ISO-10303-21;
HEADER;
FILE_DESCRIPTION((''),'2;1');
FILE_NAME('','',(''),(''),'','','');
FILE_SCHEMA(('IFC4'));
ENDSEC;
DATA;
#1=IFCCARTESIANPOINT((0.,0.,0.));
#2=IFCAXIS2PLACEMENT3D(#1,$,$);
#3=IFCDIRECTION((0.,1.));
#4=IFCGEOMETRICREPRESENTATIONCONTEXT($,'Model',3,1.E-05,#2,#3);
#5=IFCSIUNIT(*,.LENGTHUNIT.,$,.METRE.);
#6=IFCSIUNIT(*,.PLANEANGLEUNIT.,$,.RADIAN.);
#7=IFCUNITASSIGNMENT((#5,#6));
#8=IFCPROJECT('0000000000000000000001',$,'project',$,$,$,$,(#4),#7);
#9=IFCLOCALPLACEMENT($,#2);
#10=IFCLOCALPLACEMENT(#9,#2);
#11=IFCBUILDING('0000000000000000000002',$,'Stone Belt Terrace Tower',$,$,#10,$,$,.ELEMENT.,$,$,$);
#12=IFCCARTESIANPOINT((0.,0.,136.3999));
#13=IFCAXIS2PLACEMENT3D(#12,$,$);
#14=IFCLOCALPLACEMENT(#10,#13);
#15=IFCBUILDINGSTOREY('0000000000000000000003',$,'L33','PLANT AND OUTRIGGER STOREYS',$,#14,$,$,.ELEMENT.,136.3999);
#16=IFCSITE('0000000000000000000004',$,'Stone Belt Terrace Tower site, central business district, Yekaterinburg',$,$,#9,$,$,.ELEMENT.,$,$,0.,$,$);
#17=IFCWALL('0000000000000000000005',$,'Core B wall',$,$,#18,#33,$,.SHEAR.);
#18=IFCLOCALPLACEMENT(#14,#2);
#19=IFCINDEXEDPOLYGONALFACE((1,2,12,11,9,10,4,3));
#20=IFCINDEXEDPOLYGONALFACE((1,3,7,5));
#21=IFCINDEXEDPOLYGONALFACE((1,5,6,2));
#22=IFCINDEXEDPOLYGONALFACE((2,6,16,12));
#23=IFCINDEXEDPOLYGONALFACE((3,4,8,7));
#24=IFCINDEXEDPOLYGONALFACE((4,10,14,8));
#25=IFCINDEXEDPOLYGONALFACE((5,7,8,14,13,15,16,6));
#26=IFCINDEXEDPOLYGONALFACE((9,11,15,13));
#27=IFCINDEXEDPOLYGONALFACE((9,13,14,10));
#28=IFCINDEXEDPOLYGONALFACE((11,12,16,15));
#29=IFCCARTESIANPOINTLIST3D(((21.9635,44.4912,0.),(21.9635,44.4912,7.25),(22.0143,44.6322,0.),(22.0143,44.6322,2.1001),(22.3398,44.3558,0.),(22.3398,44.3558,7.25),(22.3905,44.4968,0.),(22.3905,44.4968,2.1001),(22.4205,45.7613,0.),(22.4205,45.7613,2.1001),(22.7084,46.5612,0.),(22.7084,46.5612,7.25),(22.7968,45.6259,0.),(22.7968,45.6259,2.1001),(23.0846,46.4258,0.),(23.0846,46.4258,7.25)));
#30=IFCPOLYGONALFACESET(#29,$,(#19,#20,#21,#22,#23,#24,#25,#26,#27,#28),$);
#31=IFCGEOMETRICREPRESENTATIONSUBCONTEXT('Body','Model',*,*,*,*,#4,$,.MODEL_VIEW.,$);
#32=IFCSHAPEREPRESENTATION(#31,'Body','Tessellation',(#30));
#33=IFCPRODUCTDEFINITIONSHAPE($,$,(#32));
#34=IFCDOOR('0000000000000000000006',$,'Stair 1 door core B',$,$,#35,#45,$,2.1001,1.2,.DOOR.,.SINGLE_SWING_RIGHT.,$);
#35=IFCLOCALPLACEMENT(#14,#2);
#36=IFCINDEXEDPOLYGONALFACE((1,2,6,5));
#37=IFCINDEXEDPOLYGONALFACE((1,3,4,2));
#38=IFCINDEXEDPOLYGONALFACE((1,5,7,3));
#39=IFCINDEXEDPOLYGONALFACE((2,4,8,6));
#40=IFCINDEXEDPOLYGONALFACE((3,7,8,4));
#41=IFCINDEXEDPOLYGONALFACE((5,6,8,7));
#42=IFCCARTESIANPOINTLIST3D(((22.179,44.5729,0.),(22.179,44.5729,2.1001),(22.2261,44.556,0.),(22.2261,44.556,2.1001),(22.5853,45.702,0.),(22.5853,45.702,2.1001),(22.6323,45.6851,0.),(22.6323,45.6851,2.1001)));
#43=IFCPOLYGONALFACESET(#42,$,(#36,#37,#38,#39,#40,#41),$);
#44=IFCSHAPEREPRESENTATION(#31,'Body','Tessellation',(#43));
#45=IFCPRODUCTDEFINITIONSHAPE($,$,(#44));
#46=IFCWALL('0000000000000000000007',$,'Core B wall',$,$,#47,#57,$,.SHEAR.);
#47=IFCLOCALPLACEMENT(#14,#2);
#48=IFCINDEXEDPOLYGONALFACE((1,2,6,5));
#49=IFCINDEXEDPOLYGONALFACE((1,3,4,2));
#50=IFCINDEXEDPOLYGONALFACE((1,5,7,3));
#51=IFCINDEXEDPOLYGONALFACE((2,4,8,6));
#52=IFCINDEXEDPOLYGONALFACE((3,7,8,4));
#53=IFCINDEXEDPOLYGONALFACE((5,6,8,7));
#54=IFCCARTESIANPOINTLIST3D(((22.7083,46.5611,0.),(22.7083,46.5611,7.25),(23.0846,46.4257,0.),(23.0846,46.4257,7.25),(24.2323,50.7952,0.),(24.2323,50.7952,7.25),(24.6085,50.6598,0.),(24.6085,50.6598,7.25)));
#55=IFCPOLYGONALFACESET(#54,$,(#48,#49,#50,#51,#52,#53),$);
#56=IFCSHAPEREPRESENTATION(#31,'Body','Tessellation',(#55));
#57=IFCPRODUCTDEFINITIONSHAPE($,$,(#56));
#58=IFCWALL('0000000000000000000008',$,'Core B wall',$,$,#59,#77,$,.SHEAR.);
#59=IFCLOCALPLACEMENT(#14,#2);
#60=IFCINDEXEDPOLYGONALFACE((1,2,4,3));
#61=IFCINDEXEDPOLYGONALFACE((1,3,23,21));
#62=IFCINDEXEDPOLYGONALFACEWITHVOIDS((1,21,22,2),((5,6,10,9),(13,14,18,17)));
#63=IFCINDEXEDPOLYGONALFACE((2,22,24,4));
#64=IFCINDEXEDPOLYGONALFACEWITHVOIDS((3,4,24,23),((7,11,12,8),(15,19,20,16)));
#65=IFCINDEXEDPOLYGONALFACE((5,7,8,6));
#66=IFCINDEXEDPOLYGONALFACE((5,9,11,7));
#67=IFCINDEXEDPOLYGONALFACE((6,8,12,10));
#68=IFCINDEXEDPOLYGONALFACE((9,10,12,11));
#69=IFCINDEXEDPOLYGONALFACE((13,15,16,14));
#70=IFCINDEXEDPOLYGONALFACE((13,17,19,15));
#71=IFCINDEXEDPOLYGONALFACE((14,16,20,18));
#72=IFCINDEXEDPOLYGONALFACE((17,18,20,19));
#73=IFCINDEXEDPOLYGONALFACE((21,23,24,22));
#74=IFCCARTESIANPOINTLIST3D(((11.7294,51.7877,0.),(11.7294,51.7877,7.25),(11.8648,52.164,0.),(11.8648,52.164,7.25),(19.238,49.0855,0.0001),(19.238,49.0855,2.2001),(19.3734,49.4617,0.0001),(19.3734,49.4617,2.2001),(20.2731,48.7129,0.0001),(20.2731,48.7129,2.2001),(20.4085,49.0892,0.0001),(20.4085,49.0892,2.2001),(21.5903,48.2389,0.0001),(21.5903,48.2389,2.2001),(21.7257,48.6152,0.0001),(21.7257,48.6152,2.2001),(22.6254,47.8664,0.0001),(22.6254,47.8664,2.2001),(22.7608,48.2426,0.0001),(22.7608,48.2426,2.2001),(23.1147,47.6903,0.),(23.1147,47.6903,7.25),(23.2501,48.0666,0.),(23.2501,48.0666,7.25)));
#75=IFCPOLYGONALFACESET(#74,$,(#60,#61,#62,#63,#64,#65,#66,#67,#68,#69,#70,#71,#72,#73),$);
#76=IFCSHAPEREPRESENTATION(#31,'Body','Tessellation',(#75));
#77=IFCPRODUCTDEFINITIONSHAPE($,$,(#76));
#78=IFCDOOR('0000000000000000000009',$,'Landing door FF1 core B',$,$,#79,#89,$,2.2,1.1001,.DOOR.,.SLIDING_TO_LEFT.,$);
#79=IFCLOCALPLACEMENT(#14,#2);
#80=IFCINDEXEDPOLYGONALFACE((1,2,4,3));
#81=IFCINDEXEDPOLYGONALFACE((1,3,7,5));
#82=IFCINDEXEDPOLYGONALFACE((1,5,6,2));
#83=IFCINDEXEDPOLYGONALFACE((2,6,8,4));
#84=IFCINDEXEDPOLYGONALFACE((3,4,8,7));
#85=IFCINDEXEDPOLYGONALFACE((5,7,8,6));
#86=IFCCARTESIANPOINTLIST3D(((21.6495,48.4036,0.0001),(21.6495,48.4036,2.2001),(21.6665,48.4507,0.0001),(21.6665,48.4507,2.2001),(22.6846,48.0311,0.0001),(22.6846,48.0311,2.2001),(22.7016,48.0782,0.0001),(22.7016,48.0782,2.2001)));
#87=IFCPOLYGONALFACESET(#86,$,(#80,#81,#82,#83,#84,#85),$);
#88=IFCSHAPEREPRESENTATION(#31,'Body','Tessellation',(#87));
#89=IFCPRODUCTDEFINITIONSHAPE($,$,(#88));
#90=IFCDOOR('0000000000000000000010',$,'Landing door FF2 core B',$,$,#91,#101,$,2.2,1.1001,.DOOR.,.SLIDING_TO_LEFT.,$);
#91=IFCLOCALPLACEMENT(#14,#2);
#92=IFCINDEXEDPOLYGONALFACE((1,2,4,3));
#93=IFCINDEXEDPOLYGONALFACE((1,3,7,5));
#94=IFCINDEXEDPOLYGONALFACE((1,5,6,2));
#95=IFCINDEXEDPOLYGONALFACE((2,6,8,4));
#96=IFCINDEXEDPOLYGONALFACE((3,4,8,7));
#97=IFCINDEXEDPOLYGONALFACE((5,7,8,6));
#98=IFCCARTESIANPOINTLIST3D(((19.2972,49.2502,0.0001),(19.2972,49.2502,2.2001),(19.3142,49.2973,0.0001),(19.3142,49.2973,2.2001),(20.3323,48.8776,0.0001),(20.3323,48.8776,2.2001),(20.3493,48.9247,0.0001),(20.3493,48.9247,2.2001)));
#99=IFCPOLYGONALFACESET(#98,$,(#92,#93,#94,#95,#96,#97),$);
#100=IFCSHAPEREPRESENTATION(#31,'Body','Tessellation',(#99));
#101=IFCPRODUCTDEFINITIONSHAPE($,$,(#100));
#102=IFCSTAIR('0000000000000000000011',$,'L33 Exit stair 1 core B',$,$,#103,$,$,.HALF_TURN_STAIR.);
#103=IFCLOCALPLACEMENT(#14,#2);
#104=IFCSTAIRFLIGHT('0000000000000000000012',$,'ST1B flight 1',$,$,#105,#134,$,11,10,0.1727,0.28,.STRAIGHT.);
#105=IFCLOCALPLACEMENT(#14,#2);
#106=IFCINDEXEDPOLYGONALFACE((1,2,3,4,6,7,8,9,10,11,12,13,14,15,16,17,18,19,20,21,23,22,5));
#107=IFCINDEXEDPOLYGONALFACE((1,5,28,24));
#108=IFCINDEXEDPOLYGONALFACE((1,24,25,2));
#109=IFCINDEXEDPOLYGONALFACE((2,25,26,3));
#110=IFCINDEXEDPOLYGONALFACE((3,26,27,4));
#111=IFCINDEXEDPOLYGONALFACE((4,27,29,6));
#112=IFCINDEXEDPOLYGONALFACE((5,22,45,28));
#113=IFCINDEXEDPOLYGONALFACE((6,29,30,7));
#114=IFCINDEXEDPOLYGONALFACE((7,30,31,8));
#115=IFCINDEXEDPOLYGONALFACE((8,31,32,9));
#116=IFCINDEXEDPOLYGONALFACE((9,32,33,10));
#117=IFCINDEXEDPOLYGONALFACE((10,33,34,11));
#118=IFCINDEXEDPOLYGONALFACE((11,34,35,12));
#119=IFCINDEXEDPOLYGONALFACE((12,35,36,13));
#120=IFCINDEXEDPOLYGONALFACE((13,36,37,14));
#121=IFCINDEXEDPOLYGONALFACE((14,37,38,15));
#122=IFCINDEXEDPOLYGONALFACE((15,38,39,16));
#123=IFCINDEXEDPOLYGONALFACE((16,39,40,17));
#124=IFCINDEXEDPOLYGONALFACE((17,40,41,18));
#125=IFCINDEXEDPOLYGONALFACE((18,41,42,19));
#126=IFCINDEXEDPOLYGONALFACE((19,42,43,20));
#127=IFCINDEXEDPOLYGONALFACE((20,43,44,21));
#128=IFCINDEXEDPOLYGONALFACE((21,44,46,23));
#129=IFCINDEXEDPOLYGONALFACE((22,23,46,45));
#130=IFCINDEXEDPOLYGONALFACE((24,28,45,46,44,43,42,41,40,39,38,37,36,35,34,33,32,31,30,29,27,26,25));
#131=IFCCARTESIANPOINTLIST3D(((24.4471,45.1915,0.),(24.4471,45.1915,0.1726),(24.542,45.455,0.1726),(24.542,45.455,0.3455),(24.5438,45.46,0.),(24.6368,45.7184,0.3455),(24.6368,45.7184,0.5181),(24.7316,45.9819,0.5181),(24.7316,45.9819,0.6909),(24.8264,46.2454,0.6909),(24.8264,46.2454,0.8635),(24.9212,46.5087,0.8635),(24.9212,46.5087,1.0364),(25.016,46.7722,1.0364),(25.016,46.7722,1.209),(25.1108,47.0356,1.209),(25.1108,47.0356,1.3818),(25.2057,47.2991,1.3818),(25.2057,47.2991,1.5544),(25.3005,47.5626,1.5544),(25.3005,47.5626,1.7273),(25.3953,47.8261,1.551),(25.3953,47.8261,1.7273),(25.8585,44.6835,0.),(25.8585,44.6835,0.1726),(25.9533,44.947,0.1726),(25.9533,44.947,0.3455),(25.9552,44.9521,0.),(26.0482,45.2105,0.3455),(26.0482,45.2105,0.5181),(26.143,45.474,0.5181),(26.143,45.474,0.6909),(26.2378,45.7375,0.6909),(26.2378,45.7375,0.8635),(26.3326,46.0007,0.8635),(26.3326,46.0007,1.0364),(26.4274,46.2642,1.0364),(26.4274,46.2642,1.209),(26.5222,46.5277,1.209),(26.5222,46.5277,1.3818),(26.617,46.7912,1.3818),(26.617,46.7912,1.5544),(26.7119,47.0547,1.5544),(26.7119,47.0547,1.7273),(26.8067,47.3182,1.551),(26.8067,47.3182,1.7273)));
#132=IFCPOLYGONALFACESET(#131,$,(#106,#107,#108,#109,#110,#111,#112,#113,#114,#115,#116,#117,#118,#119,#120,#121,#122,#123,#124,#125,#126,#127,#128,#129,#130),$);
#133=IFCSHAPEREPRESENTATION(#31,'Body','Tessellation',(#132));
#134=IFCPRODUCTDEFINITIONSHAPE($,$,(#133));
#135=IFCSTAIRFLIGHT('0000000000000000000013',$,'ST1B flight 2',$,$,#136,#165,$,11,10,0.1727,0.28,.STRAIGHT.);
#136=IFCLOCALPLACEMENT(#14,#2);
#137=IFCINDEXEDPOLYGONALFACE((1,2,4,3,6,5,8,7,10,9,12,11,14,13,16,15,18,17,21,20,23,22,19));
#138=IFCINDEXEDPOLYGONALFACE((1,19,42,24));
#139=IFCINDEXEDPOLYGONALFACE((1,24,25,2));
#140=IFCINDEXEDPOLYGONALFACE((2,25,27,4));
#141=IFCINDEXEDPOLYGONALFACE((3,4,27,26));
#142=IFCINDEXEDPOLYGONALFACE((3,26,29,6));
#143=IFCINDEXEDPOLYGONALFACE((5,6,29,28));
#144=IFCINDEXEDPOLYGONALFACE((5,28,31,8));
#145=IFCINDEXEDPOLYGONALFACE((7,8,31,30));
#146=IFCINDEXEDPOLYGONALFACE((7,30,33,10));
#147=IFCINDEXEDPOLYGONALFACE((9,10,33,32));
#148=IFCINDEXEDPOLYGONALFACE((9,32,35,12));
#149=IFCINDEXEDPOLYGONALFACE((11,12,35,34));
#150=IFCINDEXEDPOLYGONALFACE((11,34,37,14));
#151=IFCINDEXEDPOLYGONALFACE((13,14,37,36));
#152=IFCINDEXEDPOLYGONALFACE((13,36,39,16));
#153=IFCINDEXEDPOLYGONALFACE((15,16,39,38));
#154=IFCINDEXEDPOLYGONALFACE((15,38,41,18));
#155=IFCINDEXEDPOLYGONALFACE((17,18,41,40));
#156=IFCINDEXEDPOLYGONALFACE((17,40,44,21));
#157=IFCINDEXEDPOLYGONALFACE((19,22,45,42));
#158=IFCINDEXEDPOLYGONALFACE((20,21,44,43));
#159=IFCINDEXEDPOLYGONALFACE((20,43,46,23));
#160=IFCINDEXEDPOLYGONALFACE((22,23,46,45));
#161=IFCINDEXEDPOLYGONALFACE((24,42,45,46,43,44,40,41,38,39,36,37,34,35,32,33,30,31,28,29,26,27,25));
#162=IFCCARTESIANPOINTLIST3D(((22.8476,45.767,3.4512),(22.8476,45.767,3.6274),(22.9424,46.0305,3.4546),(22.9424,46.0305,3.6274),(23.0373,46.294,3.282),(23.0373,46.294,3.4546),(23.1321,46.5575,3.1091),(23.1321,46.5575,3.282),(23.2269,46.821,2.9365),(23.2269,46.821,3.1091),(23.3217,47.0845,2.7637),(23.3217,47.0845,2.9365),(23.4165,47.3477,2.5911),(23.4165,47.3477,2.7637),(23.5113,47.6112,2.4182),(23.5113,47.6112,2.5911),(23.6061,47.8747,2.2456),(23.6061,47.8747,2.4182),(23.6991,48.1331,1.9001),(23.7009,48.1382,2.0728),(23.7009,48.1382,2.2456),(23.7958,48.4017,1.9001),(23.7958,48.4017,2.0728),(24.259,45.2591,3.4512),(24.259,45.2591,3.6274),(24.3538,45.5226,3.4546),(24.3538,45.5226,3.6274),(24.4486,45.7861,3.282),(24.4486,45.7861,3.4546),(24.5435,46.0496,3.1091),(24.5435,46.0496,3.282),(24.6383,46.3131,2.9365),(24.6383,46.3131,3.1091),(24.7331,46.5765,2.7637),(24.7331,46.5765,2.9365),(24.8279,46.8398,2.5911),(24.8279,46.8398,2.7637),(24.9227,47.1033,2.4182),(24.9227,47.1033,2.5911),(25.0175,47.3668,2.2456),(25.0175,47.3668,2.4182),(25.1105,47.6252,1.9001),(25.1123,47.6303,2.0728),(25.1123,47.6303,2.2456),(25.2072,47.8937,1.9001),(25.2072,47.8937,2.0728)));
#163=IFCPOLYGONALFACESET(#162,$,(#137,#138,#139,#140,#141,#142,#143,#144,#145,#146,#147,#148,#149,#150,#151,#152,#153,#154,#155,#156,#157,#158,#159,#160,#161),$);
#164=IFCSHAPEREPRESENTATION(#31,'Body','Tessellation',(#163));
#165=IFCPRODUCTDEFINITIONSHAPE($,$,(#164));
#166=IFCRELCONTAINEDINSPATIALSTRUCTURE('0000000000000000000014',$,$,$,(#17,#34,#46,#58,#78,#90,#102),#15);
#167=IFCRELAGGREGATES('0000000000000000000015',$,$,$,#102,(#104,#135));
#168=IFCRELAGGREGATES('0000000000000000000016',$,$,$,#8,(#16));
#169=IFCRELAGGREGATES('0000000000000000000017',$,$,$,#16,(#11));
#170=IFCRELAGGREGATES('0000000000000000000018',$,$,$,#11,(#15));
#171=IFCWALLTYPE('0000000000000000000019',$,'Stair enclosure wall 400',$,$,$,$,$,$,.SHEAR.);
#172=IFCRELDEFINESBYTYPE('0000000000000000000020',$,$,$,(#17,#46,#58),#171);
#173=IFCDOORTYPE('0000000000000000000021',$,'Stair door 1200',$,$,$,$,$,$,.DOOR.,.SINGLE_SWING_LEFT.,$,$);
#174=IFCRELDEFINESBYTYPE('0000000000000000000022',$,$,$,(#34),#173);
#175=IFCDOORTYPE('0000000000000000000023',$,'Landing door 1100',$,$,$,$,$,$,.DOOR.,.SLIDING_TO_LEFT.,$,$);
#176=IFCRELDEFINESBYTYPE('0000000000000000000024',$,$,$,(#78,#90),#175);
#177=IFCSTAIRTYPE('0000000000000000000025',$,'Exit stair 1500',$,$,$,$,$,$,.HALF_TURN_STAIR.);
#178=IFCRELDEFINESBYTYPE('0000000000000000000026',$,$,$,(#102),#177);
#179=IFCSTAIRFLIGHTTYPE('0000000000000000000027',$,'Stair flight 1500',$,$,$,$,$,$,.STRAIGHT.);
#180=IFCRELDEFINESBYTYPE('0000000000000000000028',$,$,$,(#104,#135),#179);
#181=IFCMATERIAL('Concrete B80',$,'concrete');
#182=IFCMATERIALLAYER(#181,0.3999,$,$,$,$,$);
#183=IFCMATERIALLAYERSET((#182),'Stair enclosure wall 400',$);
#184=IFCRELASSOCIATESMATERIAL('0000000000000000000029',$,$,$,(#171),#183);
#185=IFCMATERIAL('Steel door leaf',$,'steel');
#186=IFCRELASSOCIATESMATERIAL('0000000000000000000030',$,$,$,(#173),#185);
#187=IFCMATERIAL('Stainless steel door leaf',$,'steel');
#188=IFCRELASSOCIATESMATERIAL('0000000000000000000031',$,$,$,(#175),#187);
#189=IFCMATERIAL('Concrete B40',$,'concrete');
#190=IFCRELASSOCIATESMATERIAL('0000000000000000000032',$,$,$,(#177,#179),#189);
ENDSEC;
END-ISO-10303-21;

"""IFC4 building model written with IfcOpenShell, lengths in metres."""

from ifc_helpers import new_model, si_unit, direction, frame, frame_2d, origin, place, context, subcontext, project, spatial, polyline, rectangle, outline, extrude, material, layer, layer_set, type_object, element, fill, aggregate, save


model = new_model("IFC4")

# Units and contexts
model_context = context("Model", 3, precision=1e-05, world=origin(), true_north=direction((0.0, 1.0)))
body_context = subcontext(model_context, "Body", "Model", "MODEL_VIEW")
ifc_project = project(units=[si_unit("LENGTHUNIT", "METRE"), si_unit("PLANEANGLEUNIT", "RADIAN")], contexts=[model_context])

# Site, building, storey
site_placement = place(None, origin())
site = spatial("IfcSite", under=ifc_project, at=site_placement, Name="Stone Belt Terrace Tower site, central business district, Yekaterinburg", CompositionType="ELEMENT", RefElevation=0.0)
building_placement = place(site_placement, origin())
building = spatial("IfcBuilding", under=site, at=building_placement, Name="Stone Belt Terrace Tower", CompositionType="ELEMENT")
storey_placement = place(building_placement, frame((0.0, 0.0, 136.3999)))
storey = spatial("IfcBuildingStorey", under=building, at=storey_placement, Name="L33", Description="PLANT AND OUTRIGGER STOREYS", CompositionType="ELEMENT", Elevation=136.3999)

# Shared definitions
ifc_material_1 = material(Name="Concrete B80", Category="concrete")

# Shared definitions
ifc_material_2 = material(Name="Stainless steel door leaf", Category="steel")

# Shared definitions
ifc_layer_1 = layer(ifc_material_1, 0.3999)
ifc_layer_set_1 = layer_set([ifc_layer_1], Name="Stair enclosure wall 400")
wall_type_1 = type_object("IfcWallType", Name="Stair enclosure wall 400", PredefinedType="SHEAR", material=ifc_layer_set_1)

# Wall, opening, door
wall_1_placement = place(storey_placement, frame((22.1516, 44.4233, 0.0), z_axis=(0.0, 0.0, 1.0), x_axis=(0.338578, 0.940938, 0.0)))
wall_1 = element("IfcWall", 1, at=wall_1_placement, inside=storey, type_object=wall_type_1, Name="Core B wall", PredefinedType="SHEAR", context=body_context, shape_type="SweptSolid", body=[
    extrude(rectangle(XDim=2.2, YDim=0.3999, at=frame_2d((1.1001, 0.0))), origin(), (0.0, 0.0, 1.0), 7.25),
])
opening_1_placement = place(wall_1_placement, frame((0.1499, 0.0, 0.0)))
opening_1 = element("IfcOpeningElement", 2, at=opening_1_placement, cuts=wall_1, PredefinedType="OPENING", context=body_context, shape_type="SweptSolid", body=[
    extrude(rectangle(XDim=1.2, YDim=2.1001, at=frame_2d((0.6001, 1.05))), frame((0.0, 0.21, 0.0), z_axis=(0.0, -1.0, 0.0), x_axis=(1.0, 0.0, 0.0)), (0.0, 0.0, 1.0), 0.4199),
])
ifc_material_3 = material(Name="Steel door leaf", Category="steel")
door_type_1 = type_object("IfcDoorType", Name="Stair door 1200", OperationType="SINGLE_SWING_LEFT", PredefinedType="DOOR", material=ifc_material_3)
door_1_placement = place(opening_1_placement, origin())
door_1 = element("IfcDoor", 3, at=door_1_placement, inside=storey, type_object=door_type_1, Name="Stair 1 door core B", OperationType="SINGLE_SWING_RIGHT", OverallHeight=2.1001, OverallWidth=1.2, PredefinedType="DOOR", context=body_context, shape_type="SweptSolid", body=[
    extrude(rectangle(XDim=1.2, YDim=2.1001, at=frame_2d((0.6001, 1.05))), frame((0.0, 0.0249, 0.0), z_axis=(0.0, -1.0, 0.0), x_axis=(1.0, 0.0, 0.0)), (0.0, 0.0, 1.0), 0.05),
])
fill(opening_1, door_1)

# Wall
wall_2_placement = place(storey_placement, frame((22.8965, 46.4934, 0.0), z_axis=(0.0, 0.0, 1.0), x_axis=(0.338648, 0.940913, 0.0)))
element("IfcWall", 4, at=wall_2_placement, inside=storey, type_object=wall_type_1, Name="Core B wall", PredefinedType="SHEAR", context=body_context, shape_type="SweptSolid", body=[
    extrude(rectangle(XDim=4.5, YDim=0.3999, at=frame_2d((2.25, 0.0))), origin(), (0.0, 0.0, 1.0), 7.25),
])

# Wall, openings, doors
wall_3_placement = place(storey_placement, frame((23.1824, 47.8784, 0.0), z_axis=(0.0, 0.0, 1.0), x_axis=(-0.940921, 0.338626, 0.0)))
wall_3 = element("IfcWall", 5, at=wall_3_placement, inside=storey, type_object=wall_type_1, Name="Core B wall", PredefinedType="SHEAR", context=body_context, shape_type="SweptSolid", body=[
    extrude(rectangle(XDim=12.1001, YDim=0.3999, at=frame_2d((6.05, 0.0))), origin(), (0.0, 0.0, 1.0), 7.25),
])
opening_2_placement = place(wall_3_placement, frame((0.52, 0.0, 0.0)))
opening_2 = element("IfcOpeningElement", 6, at=opening_2_placement, cuts=wall_3, PredefinedType="OPENING", context=body_context, shape_type="SweptSolid", body=[
    extrude(rectangle(XDim=1.1001, YDim=2.2, at=frame_2d((0.55, 1.1001))), frame((0.0, 0.21, 0.0), z_axis=(0.0, -1.0, 0.0), x_axis=(1.0, 0.0, 0.0)), (0.0, 0.0, 1.0), 0.4199),
])
opening_3_placement = place(wall_3_placement, frame((3.02, 0.0, 0.0)))
opening_3 = element("IfcOpeningElement", 7, at=opening_3_placement, cuts=wall_3, PredefinedType="OPENING", context=body_context, shape_type="SweptSolid", body=[
    extrude(rectangle(XDim=1.1001, YDim=2.2, at=frame_2d((0.55, 1.1001))), frame((0.0, 0.21, 0.0), z_axis=(0.0, -1.0, 0.0), x_axis=(1.0, 0.0, 0.0)), (0.0, 0.0, 1.0), 0.4199),
])
door_type_2 = type_object("IfcDoorType", Name="Landing door 1100", OperationType="SLIDING_TO_LEFT", PredefinedType="DOOR", material=ifc_material_2)
door_2_placement = place(opening_2_placement, origin())
door_2 = element("IfcDoor", 8, at=door_2_placement, inside=storey, type_object=door_type_2, Name="Landing door FF1 core B", OperationType="SLIDING_TO_LEFT", OverallHeight=2.2, OverallWidth=1.1001, PredefinedType="DOOR", context=body_context, shape_type="SweptSolid", body=[
    extrude(rectangle(XDim=1.1001, YDim=2.2, at=frame_2d((0.55, 1.1001))), frame((0.0, 0.0249, 0.0), z_axis=(0.0, -1.0, 0.0), x_axis=(1.0, 0.0, 0.0)), (0.0, 0.0, 1.0), 0.05),
])
fill(opening_2, door_2)
door_3_placement = place(opening_3_placement, origin())
door_3 = element("IfcDoor", 9, at=door_3_placement, inside=storey, type_object=door_type_2, Name="Landing door FF2 core B", OperationType="SLIDING_TO_LEFT", OverallHeight=2.2, OverallWidth=1.1001, PredefinedType="DOOR", context=body_context, shape_type="SweptSolid", body=[
    extrude(rectangle(XDim=1.1001, YDim=2.2, at=frame_2d((0.55, 1.1001))), frame((0.0, 0.0249, 0.0), z_axis=(0.0, -1.0, 0.0), x_axis=(1.0, 0.0, 0.0)), (0.0, 0.0, 1.0), 0.05),
])
fill(opening_3, door_3)

# Stair, stair flights
ifc_material_4 = material(Name="Concrete B40", Category="concrete")
stair_type = type_object("IfcStairType", Name="Exit stair 1500", PredefinedType="HALF_TURN_STAIR", material=ifc_material_4)
stair_placement = place(storey_placement, origin())
stair = element("IfcStair", 10, at=stair_placement, inside=storey, type_object=stair_type, Name="L33 Exit stair 1 core B", PredefinedType="HALF_TURN_STAIR")
stair_flight_type = type_object("IfcStairFlightType", Name="Stair flight 1500", PredefinedType="STRAIGHT", material=ifc_material_4)
stair_flight_1_placement = place(storey_placement, frame((25.1528, 44.9375, 0.0), z_axis=(0.0, 0.0, 1.0), x_axis=(0.338624, 0.940922, 0.0)))
stair_flight_1 = element("IfcStairFlight", 11, at=stair_flight_1_placement, type_object=stair_flight_type, Name="ST1B flight 1", NumberOfRisers=11, NumberOfTreads=10, PredefinedType="STRAIGHT", RiserHeight=0.1727, TreadLength=0.28, context=body_context, shape_type="SweptSolid", body=[
    extrude(outline(polyline([(0.0, 0.0), (0.0, 0.1726), (0.28, 0.1726), (0.28, 0.3455), (0.5601, 0.3455), (0.5601, 0.5181), (0.8401, 0.5181), (0.8401, 0.6909), (1.1201, 0.6909), (1.1201, 0.8635), (1.3999, 0.8635), (1.3999, 1.0364), (1.6799, 1.0364), (1.6799, 1.209), (1.96, 1.209), (1.96, 1.3818), (2.24, 1.3818), (2.24, 1.5544), (2.52, 1.5544), (2.52, 1.7273), (2.8, 1.7273), (2.8, 1.8999), (2.8, 1.551), (0.2854, 0.0), (0.0, 0.0)])), frame((0.0, 0.75, 0.0), z_axis=(0.0, -1.0, 0.0), x_axis=(1.0, 0.0, 0.0)), (0.0, 0.0, 1.0), 1.5),
])
stair_flight_2_placement = place(storey_placement, frame((24.5015, 48.1477, 1.9001), z_axis=(0.0, 0.0, 1.0), x_axis=(-0.338624, -0.940922, 0.0)))
stair_flight_2 = element("IfcStairFlight", 12, at=stair_flight_2_placement, type_object=stair_flight_type, Name="ST1B flight 2", NumberOfRisers=11, NumberOfTreads=10, PredefinedType="STRAIGHT", RiserHeight=0.1727, TreadLength=0.28, context=body_context, shape_type="SweptSolid", body=[
    extrude(outline(polyline([(0.0, 0.0), (0.0, 0.1726), (0.28, 0.1726), (0.28, 0.3455), (0.5601, 0.3455), (0.5601, 0.5181), (0.8401, 0.5181), (0.8401, 0.6909), (1.1201, 0.6909), (1.1201, 0.8635), (1.3999, 0.8635), (1.3999, 1.0364), (1.6799, 1.0364), (1.6799, 1.209), (1.96, 1.209), (1.96, 1.3818), (2.24, 1.3818), (2.24, 1.5544), (2.52, 1.5544), (2.52, 1.7273), (2.8, 1.7273), (2.8, 1.8999), (2.8, 1.551), (0.2854, 0.0), (0.0, 0.0)])), frame((0.0, 0.75, 0.0), z_axis=(0.0, -1.0, 0.0), x_axis=(1.0, 0.0, 0.0)), (0.0, 0.0, 1.0), 1.5),
])
aggregate(stair, [stair_flight_1, stair_flight_2])

save(model, "model.ifc")
